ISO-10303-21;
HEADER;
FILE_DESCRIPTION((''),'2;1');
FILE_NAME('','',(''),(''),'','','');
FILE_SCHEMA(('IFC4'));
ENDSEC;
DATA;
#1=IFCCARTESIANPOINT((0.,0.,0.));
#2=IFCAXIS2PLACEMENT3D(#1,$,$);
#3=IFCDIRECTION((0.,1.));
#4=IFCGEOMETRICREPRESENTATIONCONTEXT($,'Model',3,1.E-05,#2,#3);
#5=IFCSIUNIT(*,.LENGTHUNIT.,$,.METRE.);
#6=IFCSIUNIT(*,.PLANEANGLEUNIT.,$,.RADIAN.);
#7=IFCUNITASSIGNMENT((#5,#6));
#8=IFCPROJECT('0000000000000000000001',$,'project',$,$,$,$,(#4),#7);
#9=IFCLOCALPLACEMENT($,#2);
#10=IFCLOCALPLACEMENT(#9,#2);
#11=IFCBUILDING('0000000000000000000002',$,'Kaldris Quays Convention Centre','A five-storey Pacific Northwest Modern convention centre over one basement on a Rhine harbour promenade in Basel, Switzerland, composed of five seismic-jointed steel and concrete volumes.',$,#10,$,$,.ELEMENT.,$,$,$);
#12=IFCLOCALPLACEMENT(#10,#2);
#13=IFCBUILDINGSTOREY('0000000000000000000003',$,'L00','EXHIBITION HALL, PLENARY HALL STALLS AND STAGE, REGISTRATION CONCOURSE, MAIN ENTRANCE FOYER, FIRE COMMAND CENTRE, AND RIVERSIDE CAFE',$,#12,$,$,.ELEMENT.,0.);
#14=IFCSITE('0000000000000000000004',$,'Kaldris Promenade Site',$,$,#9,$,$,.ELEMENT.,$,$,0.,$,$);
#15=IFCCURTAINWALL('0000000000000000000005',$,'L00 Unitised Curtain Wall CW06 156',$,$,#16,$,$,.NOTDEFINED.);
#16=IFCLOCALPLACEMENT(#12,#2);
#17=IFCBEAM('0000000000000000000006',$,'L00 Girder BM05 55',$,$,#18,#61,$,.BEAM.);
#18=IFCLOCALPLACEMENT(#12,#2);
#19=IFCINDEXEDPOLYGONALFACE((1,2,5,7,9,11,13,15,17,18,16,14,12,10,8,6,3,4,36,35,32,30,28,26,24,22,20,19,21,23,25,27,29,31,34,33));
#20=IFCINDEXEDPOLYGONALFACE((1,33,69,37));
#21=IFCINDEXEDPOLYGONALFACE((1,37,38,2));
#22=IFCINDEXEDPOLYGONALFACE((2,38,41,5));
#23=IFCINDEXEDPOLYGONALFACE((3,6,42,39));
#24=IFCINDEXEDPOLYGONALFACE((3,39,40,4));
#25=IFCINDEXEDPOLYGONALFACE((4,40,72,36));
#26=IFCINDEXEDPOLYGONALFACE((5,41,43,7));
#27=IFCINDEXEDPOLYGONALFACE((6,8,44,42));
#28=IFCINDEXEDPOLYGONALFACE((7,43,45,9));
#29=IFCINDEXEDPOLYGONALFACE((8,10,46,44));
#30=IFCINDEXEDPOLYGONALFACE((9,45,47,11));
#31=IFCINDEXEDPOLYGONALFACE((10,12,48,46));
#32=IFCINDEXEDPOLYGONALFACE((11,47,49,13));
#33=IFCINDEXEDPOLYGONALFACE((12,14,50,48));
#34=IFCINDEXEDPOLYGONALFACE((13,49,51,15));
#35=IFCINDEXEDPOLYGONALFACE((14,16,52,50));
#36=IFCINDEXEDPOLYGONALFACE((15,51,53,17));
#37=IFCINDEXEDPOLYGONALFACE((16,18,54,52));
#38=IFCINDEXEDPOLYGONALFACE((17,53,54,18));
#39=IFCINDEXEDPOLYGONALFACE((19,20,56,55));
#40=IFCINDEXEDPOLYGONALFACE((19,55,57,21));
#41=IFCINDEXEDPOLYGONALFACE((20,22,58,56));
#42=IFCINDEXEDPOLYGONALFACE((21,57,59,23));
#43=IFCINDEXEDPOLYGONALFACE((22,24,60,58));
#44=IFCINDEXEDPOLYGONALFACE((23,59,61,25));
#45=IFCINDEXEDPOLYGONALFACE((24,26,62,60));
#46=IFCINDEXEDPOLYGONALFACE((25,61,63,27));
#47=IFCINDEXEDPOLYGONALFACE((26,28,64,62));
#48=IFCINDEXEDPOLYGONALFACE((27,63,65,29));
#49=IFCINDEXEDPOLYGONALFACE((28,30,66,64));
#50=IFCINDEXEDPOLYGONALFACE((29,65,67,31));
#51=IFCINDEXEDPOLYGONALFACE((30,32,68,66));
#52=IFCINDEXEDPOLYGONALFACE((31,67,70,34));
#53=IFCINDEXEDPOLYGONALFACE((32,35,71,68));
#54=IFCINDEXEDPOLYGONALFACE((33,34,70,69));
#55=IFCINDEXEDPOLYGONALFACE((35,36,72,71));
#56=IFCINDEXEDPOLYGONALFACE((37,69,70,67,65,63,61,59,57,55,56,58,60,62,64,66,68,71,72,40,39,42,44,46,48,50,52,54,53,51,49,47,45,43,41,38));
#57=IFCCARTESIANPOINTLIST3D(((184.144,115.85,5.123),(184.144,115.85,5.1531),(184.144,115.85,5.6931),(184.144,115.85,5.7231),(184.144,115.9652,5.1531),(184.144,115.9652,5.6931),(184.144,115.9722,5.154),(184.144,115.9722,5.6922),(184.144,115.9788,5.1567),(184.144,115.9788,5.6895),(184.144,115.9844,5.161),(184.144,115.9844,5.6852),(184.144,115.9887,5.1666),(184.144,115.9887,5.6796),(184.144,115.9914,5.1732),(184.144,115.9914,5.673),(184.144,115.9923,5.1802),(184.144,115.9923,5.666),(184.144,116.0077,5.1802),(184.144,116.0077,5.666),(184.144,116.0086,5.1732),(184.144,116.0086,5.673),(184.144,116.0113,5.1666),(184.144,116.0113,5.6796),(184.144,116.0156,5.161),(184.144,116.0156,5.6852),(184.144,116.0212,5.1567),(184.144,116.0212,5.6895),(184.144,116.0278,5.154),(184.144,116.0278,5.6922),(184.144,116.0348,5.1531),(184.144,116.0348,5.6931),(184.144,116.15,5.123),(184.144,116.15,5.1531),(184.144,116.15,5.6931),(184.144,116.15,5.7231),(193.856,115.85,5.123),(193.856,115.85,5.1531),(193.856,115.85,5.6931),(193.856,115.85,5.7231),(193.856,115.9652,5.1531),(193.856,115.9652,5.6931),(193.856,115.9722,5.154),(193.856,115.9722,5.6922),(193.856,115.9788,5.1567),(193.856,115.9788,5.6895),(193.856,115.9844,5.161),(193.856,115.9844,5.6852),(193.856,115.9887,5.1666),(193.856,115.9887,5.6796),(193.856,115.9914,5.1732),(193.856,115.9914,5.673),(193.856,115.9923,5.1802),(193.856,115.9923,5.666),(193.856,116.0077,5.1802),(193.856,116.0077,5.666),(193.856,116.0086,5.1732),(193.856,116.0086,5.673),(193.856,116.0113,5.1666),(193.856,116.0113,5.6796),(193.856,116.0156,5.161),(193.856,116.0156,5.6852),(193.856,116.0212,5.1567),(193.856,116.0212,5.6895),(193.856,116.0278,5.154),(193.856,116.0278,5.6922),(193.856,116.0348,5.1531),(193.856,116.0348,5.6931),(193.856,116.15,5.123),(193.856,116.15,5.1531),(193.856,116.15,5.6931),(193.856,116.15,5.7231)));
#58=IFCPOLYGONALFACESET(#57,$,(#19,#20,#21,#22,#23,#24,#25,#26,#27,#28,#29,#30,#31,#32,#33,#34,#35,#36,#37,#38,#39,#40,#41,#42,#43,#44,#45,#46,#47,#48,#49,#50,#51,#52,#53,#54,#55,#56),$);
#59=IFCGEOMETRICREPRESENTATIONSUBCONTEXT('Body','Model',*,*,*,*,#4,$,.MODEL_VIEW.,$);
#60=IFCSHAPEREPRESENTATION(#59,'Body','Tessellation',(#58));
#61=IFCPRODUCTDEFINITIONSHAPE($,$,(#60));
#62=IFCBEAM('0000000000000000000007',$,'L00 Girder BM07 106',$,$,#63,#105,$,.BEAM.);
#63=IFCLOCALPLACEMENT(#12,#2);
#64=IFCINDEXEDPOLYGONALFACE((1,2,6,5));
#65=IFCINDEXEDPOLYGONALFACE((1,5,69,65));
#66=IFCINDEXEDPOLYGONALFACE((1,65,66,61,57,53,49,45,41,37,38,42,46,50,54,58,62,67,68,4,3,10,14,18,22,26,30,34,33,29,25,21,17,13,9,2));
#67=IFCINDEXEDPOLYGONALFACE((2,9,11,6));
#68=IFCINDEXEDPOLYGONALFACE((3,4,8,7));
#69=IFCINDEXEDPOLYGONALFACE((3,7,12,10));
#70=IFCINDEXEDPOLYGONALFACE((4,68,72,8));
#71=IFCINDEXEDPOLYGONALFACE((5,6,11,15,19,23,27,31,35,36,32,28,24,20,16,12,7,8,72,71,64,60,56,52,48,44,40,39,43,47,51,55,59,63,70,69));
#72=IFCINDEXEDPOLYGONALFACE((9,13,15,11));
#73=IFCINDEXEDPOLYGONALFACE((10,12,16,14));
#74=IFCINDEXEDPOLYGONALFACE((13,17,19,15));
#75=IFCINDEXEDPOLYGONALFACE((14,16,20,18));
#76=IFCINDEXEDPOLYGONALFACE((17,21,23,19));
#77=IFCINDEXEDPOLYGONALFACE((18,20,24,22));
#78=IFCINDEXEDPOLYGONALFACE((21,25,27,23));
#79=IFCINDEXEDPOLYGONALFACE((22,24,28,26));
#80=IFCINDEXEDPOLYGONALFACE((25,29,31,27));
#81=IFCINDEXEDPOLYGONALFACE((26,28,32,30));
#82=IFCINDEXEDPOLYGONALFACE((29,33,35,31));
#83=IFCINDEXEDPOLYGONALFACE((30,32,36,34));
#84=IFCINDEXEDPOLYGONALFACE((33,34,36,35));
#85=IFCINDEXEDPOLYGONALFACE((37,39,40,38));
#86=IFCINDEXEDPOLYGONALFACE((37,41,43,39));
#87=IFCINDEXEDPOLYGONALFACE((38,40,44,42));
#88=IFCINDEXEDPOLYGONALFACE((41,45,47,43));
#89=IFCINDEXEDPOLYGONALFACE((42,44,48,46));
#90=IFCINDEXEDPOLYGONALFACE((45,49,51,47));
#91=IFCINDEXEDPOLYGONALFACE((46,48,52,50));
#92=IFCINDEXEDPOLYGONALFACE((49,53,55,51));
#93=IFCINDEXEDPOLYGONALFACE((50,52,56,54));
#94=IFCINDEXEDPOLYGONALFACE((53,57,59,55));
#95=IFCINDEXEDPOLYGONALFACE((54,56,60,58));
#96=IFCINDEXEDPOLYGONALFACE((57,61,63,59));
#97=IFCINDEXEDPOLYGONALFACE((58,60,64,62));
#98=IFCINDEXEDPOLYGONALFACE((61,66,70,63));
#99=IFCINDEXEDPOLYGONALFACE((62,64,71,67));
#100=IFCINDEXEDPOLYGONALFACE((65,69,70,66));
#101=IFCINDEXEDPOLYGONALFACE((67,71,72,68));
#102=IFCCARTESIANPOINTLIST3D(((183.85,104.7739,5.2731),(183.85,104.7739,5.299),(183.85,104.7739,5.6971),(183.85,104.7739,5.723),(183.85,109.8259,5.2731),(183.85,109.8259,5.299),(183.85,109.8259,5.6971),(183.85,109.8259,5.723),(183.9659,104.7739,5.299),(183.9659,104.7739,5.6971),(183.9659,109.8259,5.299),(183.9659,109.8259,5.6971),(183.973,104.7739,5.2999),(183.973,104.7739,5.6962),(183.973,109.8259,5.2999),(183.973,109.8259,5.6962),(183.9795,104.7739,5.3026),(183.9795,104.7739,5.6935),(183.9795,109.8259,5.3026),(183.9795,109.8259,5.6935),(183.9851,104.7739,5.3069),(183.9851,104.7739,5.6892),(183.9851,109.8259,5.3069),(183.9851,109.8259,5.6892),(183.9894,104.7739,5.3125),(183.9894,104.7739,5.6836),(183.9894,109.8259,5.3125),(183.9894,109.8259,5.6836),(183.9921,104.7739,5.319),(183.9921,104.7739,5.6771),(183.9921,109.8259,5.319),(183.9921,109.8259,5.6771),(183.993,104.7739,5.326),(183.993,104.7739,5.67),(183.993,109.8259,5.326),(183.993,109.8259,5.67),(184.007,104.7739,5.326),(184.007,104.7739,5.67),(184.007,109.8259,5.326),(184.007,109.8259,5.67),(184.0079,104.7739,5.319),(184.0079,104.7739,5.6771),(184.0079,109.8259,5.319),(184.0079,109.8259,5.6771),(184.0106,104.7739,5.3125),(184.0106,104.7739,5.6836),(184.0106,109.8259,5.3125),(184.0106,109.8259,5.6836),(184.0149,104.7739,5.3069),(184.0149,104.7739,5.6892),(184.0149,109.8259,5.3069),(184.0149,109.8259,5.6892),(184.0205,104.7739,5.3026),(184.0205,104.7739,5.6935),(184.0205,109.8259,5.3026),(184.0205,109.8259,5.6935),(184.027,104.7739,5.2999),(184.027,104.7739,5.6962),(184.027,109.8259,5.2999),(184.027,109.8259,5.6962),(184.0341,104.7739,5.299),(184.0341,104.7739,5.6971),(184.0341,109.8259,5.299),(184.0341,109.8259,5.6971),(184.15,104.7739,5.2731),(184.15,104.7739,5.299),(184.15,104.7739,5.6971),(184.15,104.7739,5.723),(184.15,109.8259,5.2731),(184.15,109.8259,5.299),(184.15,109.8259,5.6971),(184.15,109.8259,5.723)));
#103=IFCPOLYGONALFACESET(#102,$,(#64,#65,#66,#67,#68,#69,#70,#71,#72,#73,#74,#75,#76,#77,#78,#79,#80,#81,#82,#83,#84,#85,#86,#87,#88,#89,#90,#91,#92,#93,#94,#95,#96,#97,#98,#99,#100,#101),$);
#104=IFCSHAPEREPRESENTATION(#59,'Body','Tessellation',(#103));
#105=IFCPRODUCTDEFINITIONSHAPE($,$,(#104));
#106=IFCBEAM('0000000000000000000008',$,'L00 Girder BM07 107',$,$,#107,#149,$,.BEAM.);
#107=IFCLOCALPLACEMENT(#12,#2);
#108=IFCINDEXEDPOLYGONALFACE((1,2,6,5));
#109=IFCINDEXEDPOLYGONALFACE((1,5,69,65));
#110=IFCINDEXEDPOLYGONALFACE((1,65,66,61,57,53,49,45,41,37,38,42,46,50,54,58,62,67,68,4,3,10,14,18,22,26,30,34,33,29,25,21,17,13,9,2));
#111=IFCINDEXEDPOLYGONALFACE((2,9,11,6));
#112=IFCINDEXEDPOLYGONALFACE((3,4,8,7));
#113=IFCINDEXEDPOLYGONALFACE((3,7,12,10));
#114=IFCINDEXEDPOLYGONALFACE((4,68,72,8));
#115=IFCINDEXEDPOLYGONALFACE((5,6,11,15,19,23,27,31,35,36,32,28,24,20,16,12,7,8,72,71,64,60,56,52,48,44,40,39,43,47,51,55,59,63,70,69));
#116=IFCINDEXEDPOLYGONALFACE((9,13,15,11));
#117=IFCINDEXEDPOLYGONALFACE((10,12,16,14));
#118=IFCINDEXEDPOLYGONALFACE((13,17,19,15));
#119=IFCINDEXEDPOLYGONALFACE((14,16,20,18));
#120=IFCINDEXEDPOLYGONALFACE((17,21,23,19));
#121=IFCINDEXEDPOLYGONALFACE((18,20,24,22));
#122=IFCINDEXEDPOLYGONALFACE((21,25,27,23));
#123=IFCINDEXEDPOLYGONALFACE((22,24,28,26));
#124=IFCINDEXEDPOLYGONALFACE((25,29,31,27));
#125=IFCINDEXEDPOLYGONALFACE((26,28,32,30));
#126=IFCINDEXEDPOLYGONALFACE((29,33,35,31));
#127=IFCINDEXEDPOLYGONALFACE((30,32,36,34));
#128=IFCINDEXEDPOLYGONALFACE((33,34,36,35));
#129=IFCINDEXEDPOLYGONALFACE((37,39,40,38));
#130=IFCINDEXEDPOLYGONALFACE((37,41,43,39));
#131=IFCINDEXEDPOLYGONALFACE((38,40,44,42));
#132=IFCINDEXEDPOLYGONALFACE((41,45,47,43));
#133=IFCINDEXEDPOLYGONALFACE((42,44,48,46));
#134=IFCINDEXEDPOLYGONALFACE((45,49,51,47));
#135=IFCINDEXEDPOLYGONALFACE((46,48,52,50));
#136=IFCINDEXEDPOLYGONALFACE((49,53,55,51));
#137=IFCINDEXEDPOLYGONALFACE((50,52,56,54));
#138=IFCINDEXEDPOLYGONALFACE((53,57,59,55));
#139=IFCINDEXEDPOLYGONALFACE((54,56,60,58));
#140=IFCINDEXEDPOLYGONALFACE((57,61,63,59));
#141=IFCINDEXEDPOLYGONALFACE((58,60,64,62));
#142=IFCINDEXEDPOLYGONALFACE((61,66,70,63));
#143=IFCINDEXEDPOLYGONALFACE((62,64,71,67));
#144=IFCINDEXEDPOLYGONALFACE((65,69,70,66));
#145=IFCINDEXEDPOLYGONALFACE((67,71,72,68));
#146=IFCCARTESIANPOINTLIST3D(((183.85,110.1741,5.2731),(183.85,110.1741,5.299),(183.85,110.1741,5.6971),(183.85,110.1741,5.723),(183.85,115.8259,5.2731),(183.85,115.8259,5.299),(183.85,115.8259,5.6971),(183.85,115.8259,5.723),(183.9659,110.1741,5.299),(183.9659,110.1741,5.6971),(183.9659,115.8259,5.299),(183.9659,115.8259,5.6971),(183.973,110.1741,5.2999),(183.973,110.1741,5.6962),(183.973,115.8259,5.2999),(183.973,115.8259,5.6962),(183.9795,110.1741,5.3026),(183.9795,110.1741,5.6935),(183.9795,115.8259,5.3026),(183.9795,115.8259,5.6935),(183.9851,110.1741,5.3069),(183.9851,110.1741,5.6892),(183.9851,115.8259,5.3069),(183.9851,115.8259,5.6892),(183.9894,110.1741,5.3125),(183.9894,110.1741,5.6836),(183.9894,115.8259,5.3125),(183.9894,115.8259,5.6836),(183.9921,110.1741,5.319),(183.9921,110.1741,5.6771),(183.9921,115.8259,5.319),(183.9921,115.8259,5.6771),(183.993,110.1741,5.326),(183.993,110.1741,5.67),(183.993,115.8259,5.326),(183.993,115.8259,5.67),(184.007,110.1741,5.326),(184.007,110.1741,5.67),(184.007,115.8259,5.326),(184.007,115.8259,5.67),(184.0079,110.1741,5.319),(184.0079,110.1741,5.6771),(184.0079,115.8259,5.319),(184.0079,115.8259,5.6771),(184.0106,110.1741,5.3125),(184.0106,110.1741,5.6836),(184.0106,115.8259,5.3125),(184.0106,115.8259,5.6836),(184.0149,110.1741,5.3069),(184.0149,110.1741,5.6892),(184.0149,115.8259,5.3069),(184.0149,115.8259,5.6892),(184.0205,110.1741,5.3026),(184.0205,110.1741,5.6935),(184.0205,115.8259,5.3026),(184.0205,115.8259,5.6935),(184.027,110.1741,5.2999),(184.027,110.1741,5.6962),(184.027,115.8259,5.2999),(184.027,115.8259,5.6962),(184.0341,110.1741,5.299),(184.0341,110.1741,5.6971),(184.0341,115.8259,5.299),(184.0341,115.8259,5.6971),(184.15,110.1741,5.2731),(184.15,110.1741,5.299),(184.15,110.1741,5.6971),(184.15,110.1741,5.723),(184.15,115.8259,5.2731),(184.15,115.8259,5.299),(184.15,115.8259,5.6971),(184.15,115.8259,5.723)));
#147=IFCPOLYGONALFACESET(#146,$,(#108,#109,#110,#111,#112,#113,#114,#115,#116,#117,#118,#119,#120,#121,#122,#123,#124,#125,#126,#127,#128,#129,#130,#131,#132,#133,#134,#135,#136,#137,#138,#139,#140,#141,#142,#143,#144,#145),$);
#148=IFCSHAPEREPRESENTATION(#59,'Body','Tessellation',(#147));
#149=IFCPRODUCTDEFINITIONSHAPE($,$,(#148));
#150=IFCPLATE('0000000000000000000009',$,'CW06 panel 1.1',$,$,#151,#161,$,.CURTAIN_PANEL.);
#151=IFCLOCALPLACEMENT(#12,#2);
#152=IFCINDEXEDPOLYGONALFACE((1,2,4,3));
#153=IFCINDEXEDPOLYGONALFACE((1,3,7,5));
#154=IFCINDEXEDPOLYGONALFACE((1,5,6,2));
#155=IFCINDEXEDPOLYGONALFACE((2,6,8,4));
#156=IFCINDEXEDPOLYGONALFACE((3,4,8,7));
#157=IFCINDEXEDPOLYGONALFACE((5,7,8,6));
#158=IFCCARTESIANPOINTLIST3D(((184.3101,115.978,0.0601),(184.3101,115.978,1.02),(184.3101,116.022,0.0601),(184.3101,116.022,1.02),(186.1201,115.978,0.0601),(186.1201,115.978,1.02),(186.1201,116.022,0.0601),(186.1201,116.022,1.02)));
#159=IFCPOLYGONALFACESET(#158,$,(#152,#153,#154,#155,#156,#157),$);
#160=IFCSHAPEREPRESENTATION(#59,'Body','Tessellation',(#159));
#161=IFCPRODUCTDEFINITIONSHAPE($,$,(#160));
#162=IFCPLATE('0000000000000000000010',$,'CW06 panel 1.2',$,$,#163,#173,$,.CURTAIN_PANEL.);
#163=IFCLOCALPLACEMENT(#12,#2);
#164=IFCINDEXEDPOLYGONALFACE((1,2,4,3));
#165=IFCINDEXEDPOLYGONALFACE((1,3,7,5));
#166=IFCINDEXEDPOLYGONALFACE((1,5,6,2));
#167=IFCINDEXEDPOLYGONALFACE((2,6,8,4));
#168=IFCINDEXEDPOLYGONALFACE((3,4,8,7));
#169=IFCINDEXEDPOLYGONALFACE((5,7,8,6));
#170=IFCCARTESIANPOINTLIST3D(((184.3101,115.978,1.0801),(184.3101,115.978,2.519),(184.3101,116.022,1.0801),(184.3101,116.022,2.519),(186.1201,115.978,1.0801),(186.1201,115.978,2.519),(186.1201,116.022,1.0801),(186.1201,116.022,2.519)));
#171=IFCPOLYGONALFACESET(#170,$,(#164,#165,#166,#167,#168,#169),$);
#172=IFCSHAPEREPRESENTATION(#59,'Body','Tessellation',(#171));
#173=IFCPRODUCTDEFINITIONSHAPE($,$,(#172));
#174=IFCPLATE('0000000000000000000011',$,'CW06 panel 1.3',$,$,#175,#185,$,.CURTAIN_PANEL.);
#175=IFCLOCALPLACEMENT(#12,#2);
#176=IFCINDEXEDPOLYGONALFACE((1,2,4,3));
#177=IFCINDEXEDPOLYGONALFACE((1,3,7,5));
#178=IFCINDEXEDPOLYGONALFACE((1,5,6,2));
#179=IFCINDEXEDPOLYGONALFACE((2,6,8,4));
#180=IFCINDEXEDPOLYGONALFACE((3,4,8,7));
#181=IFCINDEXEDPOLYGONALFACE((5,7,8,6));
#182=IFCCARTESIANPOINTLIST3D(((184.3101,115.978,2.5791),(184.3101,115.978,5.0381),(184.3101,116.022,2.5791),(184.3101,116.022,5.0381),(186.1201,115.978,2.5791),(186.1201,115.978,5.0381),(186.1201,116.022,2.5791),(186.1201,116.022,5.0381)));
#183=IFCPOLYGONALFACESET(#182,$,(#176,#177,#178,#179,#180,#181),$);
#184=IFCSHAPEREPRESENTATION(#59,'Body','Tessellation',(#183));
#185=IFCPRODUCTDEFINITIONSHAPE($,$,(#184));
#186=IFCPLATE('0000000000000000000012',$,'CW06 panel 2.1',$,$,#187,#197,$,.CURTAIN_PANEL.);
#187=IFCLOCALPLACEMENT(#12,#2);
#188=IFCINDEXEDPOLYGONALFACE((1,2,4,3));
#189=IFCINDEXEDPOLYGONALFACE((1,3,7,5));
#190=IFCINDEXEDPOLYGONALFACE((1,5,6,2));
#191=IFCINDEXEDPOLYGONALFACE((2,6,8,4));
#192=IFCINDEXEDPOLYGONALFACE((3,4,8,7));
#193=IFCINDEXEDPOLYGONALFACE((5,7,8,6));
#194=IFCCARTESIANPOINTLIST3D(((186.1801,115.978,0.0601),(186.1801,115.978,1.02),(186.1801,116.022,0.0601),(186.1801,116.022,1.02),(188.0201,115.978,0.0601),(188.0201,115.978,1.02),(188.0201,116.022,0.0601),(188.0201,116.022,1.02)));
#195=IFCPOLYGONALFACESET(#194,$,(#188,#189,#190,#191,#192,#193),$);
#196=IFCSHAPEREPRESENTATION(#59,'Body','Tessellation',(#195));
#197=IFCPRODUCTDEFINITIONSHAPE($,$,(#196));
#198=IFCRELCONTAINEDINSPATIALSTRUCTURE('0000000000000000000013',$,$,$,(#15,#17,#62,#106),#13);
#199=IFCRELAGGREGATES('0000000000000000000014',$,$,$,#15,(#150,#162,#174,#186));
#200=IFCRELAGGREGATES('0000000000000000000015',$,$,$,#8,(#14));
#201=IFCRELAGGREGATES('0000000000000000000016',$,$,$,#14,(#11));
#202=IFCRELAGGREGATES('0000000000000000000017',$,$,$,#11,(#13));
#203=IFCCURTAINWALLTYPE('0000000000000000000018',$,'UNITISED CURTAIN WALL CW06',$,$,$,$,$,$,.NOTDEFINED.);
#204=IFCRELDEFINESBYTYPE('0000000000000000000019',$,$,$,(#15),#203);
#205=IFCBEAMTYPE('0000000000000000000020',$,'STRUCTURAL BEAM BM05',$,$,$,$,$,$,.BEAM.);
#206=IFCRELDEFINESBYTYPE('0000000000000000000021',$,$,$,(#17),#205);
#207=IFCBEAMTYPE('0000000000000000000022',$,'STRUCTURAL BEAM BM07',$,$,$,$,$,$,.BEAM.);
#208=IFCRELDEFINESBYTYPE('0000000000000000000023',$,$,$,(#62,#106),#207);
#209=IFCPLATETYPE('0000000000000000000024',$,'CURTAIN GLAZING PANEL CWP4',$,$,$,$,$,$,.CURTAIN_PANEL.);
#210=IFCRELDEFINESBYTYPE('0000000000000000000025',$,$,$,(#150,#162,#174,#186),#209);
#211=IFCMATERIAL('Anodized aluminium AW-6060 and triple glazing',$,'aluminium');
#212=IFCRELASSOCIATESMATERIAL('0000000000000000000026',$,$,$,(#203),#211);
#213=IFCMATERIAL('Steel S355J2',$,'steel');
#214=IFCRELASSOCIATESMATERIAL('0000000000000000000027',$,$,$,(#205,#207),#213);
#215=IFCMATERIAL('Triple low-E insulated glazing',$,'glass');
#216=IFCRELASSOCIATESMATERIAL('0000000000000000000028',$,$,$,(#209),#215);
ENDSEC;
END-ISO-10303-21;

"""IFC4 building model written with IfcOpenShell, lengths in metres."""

from ifc_helpers import new_model, si_unit, direction, frame, origin, origin_2d, place, context, subcontext, project, spatial, rectangle, i_section, extrude, material, material_profile, profile_set, type_object, element, aggregate, save


model = new_model("IFC4")

# Units and contexts
model_context = context("Model", 3, precision=1e-05, world=origin(), true_north=direction((0.0, 1.0)))
body_context = subcontext(model_context, "Body", "Model", "MODEL_VIEW")
ifc_project = project(units=[si_unit("LENGTHUNIT", "METRE"), si_unit("PLANEANGLEUNIT", "RADIAN")], contexts=[model_context])

# Site, building, storey
site_placement = place(None, origin())
site = spatial("IfcSite", under=ifc_project, at=site_placement, Name="Kaldris Promenade Site", CompositionType="ELEMENT", RefElevation=0.0)
building_placement = place(site_placement, origin())
building = spatial("IfcBuilding", under=site, at=building_placement, Name="Kaldris Quays Convention Centre", Description="A five-storey Pacific Northwest Modern convention centre over one basement on a Rhine harbour promenade in Basel, Switzerland, composed of five seismic-jointed steel and concrete volumes.", CompositionType="ELEMENT")
storey_placement = place(building_placement, origin())
storey = spatial("IfcBuildingStorey", under=building, at=storey_placement, Name="L00", Description="EXHIBITION HALL, PLENARY HALL STALLS AND STAGE, REGISTRATION CONCOURSE, MAIN ENTRANCE FOYER, FIRE COMMAND CENTRE, AND RIVERSIDE CAFE", CompositionType="ELEMENT", Elevation=0.0)

# Shared definitions
ifc_material_1 = material(Name="Steel S355J2", Category="steel")

# Curtain wall
ifc_material_2 = material(Name="Anodized aluminium AW-6060 and triple glazing", Category="aluminium")
curtain_wall_type = type_object("IfcCurtainWallType", Name="UNITISED CURTAIN WALL CW06", PredefinedType="NOTDEFINED", material=ifc_material_2)
curtain_wall_1_placement = place(storey_placement, origin())
curtain_wall_1 = element("IfcCurtainWall", 1, at=curtain_wall_1_placement, inside=storey, type_object=curtain_wall_type, Name="L00 Unitised Curtain Wall CW06 156", PredefinedType="NOTDEFINED")

# Beams
ifc_material_profile_1 = material_profile(ifc_material_1, i_section(OverallWidth=0.3, OverallDepth=0.6001, WebThickness=0.0154, FlangeThickness=0.03, FilletRadius=0.0271, at=origin_2d()), Name="HEB 600")
ifc_profile_set_1 = profile_set([ifc_material_profile_1], Name="Steel S355J2")
beam_type_1 = type_object("IfcBeamType", Name="STRUCTURAL BEAM BM05", PredefinedType="BEAM", material=ifc_profile_set_1)
for number, where, z_axis, x_axis, name in (
    (2, (184.144, 116.0, 5.4231), (1.0, 0.0, 0.0), (0.0, 1.0, 0.0), "L00 Girder BM05 55"),
):
    element("IfcBeam", number, at=place(storey_placement, frame(where, z_axis=z_axis, x_axis=x_axis)), inside=storey, type_object=beam_type_1, Name=name, PredefinedType="BEAM", context=body_context, shape_type="SweptSolid", body=[
        extrude(i_section(OverallWidth=0.3, OverallDepth=0.6001, WebThickness=0.0154, FlangeThickness=0.03, FilletRadius=0.0271, at=origin_2d()), origin(), (0.0, 0.0, 1.0), 9.7119),
    ])
ifc_material_profile_2 = material_profile(ifc_material_1, i_section(OverallWidth=0.3, OverallDepth=0.45, WebThickness=0.0139, FlangeThickness=0.0259, FilletRadius=0.0271, at=origin_2d()), Name="HEB 450")
ifc_profile_set_2 = profile_set([ifc_material_profile_2], Name="Steel S355J2")
beam_type_2 = type_object("IfcBeamType", Name="STRUCTURAL BEAM BM07", PredefinedType="BEAM", material=ifc_profile_set_2)
beam_1_placement = place(storey_placement, frame((184.0, 104.7739, 5.498), z_axis=(0.0, 1.0, 0.0), x_axis=(-1.0, 0.0, 0.0)))
element("IfcBeam", 3, at=beam_1_placement, inside=storey, type_object=beam_type_2, Name="L00 Girder BM07 106", PredefinedType="BEAM", context=body_context, shape_type="SweptSolid", body=[
    extrude(i_section(OverallWidth=0.3, OverallDepth=0.45, WebThickness=0.0139, FlangeThickness=0.0259, FilletRadius=0.0271, at=origin_2d()), origin(), (0.0, 0.0, 1.0), 5.052),
])
beam_2_placement = place(storey_placement, frame((184.0, 110.1741, 5.498), z_axis=(0.0, 1.0, 0.0), x_axis=(-1.0, 0.0, 0.0)))
element("IfcBeam", 4, at=beam_2_placement, inside=storey, type_object=beam_type_2, Name="L00 Girder BM07 107", PredefinedType="BEAM", context=body_context, shape_type="SweptSolid", body=[
    extrude(i_section(OverallWidth=0.3, OverallDepth=0.45, WebThickness=0.0139, FlangeThickness=0.0259, FilletRadius=0.0271, at=origin_2d()), origin(), (0.0, 0.0, 1.0), 5.6519),
])

# Plates
ifc_material_3 = material(Name="Triple low-E insulated glazing", Category="glass")
plate_type = type_object("IfcPlateType", Name="CURTAIN GLAZING PANEL CWP4", PredefinedType="CURTAIN_PANEL", material=ifc_material_3)
plate_1_placement = place(storey_placement, frame((185.2151, 116.0, 0.0601), z_axis=(0.0, 0.0, 1.0), x_axis=(1.0, 0.0, 0.0)))
plate_1 = element("IfcPlate", 5, at=plate_1_placement, type_object=plate_type, Name="CW06 panel 1.1", PredefinedType="CURTAIN_PANEL", context=body_context, shape_type="SweptSolid", body=[
    extrude(rectangle(XDim=1.8101, YDim=0.0439, at=origin_2d()), origin(), (0.0, 0.0, 1.0), 0.96),
])
plate_2_placement = place(storey_placement, frame((185.2151, 116.0, 1.0801), z_axis=(0.0, 0.0, 1.0), x_axis=(1.0, 0.0, 0.0)))
plate_2 = element("IfcPlate", 6, at=plate_2_placement, type_object=plate_type, Name="CW06 panel 1.2", PredefinedType="CURTAIN_PANEL", context=body_context, shape_type="SweptSolid", body=[
    extrude(rectangle(XDim=1.8101, YDim=0.0439, at=origin_2d()), origin(), (0.0, 0.0, 1.0), 1.439),
])
plate_3_placement = place(storey_placement, frame((185.2151, 116.0, 2.5791), z_axis=(0.0, 0.0, 1.0), x_axis=(1.0, 0.0, 0.0)))
plate_3 = element("IfcPlate", 7, at=plate_3_placement, type_object=plate_type, Name="CW06 panel 1.3", PredefinedType="CURTAIN_PANEL", context=body_context, shape_type="SweptSolid", body=[
    extrude(rectangle(XDim=1.8101, YDim=0.0439, at=origin_2d()), origin(), (0.0, 0.0, 1.0), 2.459),
])
plate_4_placement = place(storey_placement, frame((187.1001, 116.0, 0.0601), z_axis=(0.0, 0.0, 1.0), x_axis=(1.0, 0.0, 0.0)))
plate_4 = element("IfcPlate", 8, at=plate_4_placement, type_object=plate_type, Name="CW06 panel 2.1", PredefinedType="CURTAIN_PANEL", context=body_context, shape_type="SweptSolid", body=[
    extrude(rectangle(XDim=1.8401, YDim=0.0439, at=origin_2d()), origin(), (0.0, 0.0, 1.0), 0.96),
])
aggregate(curtain_wall_1, [plate_1, plate_2, plate_3, plate_4])

save(model, "model.ifc")
